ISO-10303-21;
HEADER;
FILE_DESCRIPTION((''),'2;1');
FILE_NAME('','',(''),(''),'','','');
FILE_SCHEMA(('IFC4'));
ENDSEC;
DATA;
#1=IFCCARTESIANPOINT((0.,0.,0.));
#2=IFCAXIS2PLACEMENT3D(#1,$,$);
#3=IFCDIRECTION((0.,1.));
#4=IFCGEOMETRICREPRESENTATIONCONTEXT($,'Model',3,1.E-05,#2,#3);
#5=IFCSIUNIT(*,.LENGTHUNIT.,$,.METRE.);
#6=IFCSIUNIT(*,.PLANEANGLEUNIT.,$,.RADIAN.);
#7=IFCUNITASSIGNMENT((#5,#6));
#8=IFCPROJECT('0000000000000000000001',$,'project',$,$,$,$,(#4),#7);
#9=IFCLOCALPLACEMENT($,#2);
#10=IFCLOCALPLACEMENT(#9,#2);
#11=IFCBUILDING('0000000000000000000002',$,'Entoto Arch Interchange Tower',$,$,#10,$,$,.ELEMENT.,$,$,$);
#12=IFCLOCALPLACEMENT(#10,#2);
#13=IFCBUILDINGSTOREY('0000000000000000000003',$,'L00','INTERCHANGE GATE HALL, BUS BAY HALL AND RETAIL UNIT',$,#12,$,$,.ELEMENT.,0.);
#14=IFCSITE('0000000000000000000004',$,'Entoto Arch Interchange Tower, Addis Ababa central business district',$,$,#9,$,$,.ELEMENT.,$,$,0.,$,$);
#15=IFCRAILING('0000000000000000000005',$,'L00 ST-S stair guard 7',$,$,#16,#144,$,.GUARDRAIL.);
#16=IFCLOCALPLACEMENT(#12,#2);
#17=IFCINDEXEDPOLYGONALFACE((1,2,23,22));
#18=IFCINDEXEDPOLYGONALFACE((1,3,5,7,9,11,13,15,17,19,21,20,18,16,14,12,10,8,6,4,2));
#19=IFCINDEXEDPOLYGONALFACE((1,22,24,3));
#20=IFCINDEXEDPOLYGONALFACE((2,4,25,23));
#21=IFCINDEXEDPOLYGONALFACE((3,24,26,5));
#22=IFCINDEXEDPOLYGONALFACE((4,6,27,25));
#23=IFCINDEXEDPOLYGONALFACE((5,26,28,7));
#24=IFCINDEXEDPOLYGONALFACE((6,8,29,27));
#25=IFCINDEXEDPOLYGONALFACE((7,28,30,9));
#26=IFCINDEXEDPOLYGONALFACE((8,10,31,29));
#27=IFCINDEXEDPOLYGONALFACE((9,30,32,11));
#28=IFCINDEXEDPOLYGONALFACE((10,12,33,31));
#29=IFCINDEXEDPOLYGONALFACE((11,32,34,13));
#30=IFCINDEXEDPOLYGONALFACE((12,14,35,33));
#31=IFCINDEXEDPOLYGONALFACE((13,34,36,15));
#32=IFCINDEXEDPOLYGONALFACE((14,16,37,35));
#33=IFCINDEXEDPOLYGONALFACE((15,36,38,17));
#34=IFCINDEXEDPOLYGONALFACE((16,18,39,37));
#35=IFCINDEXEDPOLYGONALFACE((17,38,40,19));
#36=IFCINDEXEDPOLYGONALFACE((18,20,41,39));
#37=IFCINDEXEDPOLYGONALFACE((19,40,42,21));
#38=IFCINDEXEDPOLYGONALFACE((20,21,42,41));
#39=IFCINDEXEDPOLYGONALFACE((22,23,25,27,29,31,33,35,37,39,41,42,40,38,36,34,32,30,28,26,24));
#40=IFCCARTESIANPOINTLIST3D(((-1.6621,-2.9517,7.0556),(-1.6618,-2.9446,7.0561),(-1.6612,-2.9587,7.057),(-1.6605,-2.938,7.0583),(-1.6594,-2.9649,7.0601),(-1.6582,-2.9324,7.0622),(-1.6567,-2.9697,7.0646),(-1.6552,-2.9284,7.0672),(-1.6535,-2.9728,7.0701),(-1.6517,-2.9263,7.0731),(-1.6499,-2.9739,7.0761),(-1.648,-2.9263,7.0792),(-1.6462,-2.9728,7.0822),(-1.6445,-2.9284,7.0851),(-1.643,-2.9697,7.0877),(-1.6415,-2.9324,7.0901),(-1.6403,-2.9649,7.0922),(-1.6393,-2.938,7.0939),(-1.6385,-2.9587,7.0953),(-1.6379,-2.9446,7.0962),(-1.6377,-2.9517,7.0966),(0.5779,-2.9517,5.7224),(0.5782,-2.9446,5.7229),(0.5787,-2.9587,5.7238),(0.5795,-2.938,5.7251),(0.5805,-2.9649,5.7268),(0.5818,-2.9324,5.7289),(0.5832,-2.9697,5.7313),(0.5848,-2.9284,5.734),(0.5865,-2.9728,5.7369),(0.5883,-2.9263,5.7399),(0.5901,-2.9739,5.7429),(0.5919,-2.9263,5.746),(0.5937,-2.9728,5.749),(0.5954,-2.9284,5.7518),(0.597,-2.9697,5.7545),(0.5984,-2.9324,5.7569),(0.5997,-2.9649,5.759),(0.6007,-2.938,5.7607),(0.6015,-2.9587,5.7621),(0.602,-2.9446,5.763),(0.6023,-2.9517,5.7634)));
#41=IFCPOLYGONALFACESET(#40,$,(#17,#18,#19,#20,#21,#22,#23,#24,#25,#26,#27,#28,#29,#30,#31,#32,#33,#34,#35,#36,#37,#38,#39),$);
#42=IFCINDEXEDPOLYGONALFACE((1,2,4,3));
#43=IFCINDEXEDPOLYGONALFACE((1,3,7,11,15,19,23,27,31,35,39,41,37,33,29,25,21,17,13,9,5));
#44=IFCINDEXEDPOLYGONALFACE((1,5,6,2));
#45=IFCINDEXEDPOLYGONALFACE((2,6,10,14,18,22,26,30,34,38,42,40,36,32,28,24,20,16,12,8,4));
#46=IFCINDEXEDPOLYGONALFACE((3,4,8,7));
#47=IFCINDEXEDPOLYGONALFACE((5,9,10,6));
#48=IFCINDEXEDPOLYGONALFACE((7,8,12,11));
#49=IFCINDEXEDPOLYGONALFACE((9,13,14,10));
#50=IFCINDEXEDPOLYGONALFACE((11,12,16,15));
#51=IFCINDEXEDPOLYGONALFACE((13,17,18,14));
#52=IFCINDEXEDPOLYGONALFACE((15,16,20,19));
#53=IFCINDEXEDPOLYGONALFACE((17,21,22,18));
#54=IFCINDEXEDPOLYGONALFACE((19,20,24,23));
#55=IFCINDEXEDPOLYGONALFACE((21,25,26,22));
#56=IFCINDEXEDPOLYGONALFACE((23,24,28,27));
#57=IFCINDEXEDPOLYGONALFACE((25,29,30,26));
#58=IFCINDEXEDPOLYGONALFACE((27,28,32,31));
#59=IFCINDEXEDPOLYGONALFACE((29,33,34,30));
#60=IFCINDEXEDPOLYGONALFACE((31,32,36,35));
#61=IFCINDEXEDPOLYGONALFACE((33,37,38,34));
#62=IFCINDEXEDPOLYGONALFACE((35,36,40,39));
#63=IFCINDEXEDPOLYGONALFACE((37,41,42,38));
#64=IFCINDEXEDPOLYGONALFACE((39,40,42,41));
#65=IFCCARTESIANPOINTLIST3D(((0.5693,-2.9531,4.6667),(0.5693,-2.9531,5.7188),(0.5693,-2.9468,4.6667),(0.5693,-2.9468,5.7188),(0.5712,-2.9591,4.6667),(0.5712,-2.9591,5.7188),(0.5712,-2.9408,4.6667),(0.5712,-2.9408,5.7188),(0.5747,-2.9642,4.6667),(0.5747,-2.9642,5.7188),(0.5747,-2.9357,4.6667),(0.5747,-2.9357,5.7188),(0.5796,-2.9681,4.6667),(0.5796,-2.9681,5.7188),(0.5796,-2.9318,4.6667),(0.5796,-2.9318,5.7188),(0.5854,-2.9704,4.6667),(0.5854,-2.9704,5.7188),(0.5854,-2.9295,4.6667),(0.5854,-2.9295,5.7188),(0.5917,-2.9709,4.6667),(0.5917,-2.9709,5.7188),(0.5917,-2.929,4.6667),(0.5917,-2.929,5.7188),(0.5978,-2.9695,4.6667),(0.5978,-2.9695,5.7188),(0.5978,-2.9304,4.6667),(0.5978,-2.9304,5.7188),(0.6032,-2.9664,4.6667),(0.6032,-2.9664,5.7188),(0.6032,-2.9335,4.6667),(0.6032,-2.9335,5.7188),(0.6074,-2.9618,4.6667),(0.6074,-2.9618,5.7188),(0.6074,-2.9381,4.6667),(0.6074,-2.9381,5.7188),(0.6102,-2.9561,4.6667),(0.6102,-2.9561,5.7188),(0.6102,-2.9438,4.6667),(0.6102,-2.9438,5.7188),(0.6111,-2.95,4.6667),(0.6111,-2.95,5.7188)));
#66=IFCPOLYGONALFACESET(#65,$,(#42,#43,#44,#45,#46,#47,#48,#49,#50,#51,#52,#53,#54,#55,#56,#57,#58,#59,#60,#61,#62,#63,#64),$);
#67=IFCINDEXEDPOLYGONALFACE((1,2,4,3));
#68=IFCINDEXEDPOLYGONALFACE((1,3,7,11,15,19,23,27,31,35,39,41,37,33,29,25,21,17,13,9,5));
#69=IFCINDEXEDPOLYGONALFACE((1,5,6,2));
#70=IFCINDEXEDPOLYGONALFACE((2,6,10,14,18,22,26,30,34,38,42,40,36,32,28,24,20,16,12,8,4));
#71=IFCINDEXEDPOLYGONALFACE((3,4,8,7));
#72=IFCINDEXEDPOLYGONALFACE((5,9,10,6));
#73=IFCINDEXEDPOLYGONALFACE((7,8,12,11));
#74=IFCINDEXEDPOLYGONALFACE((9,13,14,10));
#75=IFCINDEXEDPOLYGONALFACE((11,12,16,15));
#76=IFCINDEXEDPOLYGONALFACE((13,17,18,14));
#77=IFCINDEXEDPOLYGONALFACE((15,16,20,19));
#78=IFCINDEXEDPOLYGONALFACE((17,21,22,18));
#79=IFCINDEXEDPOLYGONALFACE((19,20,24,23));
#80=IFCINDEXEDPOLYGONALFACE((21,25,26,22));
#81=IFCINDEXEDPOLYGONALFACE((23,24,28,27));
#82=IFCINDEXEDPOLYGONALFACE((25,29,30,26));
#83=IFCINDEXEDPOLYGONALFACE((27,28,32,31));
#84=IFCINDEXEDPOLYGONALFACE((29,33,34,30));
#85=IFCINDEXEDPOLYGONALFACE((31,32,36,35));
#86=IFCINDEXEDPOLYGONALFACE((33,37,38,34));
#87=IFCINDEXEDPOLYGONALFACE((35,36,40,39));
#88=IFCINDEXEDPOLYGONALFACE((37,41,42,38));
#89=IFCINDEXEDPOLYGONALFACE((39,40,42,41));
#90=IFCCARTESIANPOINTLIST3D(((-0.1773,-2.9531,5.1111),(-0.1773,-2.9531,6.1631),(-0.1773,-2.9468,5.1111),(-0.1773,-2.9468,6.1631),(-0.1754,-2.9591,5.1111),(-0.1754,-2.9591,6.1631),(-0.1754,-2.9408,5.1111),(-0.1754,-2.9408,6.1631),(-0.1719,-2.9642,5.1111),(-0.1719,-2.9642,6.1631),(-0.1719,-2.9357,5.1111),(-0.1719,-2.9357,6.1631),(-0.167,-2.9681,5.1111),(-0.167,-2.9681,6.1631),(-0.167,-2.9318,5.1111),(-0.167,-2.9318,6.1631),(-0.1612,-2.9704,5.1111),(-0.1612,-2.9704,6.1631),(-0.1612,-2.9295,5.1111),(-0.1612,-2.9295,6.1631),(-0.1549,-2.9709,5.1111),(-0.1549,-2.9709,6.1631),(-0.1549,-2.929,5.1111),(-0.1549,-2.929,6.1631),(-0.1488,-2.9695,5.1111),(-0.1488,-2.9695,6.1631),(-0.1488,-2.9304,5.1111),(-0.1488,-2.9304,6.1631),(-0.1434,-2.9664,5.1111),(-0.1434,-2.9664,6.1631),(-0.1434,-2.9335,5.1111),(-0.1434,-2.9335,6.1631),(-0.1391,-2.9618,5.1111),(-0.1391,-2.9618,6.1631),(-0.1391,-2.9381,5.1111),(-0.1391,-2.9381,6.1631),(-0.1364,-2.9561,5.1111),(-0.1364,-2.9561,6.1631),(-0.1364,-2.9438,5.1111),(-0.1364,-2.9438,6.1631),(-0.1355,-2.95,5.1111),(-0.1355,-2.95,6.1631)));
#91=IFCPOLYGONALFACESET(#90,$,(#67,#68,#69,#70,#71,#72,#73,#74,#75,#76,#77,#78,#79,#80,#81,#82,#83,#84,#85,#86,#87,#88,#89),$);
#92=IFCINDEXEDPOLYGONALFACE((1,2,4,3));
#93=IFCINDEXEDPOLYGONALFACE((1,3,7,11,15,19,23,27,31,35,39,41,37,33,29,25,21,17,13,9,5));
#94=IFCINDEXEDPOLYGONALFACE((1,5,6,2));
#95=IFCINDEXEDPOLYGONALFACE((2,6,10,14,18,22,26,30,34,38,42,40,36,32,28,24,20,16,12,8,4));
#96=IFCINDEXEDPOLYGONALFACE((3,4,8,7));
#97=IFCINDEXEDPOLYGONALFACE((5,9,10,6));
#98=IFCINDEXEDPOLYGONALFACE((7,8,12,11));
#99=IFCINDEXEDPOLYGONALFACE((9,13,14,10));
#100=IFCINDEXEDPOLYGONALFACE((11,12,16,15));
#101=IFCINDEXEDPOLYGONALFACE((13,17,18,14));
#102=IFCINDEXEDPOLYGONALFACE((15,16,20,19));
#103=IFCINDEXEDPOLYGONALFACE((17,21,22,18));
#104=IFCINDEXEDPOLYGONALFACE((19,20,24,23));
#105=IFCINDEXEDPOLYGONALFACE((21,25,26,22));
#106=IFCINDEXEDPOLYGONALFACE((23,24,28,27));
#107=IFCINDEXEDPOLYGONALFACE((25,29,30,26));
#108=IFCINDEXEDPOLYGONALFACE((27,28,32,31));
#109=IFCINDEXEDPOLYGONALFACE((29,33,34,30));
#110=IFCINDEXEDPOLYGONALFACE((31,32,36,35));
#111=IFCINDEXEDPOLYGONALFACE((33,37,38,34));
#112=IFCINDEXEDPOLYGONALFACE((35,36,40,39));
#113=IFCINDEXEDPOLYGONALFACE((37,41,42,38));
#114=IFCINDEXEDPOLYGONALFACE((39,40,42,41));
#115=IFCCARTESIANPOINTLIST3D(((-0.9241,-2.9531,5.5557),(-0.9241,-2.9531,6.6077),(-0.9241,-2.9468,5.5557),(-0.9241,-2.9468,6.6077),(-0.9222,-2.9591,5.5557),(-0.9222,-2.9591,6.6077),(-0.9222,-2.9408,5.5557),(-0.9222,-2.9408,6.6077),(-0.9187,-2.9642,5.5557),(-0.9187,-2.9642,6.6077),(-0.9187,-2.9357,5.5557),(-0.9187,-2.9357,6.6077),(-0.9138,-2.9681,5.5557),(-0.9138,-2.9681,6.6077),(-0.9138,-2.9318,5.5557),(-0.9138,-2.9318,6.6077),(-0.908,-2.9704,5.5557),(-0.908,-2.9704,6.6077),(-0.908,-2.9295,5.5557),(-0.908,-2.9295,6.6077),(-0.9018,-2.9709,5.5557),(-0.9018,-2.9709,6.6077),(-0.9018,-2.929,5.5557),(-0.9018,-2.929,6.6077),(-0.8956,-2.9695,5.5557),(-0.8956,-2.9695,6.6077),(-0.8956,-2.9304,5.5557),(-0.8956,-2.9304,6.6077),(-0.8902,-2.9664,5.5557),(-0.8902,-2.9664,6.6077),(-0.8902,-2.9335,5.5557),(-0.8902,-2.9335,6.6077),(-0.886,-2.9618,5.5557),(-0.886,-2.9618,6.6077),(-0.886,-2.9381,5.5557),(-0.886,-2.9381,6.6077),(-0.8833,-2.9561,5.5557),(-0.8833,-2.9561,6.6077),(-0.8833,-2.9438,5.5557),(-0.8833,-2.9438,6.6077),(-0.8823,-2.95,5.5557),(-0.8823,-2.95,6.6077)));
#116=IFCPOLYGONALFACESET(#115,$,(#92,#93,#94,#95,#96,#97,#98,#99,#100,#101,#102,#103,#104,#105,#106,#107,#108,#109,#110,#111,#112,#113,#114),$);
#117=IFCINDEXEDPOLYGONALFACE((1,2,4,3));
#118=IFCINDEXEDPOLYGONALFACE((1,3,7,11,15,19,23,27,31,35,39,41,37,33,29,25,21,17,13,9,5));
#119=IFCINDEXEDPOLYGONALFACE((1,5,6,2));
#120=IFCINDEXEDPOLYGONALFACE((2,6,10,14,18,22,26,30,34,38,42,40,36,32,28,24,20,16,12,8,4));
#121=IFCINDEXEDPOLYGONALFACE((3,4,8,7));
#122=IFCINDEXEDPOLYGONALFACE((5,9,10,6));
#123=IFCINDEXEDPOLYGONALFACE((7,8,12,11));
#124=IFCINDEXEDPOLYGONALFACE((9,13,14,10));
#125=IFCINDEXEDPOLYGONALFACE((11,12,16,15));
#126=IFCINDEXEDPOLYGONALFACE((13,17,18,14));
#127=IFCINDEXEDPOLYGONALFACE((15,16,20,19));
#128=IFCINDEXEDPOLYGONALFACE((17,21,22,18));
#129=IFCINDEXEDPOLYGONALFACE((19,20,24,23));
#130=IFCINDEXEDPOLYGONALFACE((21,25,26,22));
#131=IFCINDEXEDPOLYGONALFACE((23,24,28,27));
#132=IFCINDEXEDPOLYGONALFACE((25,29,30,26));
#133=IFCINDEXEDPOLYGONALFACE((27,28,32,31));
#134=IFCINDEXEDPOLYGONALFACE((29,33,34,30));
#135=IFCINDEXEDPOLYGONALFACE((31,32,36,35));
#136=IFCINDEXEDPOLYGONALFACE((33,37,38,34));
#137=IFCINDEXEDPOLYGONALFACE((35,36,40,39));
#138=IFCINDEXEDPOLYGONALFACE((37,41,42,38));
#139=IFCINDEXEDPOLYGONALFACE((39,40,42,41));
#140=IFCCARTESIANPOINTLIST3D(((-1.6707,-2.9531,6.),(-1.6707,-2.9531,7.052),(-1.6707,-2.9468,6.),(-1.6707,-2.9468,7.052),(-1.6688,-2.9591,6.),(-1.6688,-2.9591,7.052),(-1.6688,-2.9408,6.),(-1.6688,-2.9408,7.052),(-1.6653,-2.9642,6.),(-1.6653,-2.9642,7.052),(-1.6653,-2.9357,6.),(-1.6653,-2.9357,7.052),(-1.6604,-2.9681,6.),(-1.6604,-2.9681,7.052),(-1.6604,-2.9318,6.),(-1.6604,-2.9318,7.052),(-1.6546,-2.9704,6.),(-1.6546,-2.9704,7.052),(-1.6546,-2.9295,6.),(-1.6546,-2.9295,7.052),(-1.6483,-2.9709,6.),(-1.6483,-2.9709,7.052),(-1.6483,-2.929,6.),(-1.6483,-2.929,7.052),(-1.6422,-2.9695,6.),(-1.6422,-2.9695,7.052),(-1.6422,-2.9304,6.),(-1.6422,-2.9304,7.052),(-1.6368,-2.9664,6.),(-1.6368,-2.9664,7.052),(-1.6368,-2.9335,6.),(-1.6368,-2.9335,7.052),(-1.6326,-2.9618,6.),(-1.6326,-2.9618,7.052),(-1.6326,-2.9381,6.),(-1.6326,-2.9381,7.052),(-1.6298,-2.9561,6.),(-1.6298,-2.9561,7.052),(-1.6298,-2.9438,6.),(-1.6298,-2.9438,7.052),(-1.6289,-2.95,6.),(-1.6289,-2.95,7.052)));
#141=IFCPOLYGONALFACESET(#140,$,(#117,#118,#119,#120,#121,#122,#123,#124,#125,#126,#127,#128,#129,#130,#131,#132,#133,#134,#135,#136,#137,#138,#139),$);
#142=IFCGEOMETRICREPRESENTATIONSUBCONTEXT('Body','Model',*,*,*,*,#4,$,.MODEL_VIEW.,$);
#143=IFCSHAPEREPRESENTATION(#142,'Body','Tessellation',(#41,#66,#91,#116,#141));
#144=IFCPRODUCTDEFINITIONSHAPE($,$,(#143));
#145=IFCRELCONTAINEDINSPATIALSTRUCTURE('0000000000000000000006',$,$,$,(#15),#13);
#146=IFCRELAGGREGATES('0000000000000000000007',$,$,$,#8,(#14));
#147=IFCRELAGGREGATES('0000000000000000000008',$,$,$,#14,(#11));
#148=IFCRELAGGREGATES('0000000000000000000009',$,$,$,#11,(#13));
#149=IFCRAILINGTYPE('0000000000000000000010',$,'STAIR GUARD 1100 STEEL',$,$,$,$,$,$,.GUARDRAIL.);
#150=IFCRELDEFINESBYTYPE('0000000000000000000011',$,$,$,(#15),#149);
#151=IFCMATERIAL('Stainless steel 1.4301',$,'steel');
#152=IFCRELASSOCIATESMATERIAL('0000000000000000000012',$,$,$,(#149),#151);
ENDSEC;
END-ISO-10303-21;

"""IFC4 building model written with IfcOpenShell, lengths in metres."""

from ifc_helpers import new_model, si_unit, direction, frame, origin, origin_2d, place, context, subcontext, project, spatial, circle, extrude, material, type_object, element, save


model = new_model("IFC4")

# Units and contexts
model_context = context("Model", 3, precision=1e-05, world=origin(), true_north=direction((0.0, 1.0)))
body_context = subcontext(model_context, "Body", "Model", "MODEL_VIEW")
ifc_project = project(units=[si_unit("LENGTHUNIT", "METRE"), si_unit("PLANEANGLEUNIT", "RADIAN")], contexts=[model_context])

# Site, building, storey
site_placement = place(None, origin())
site = spatial("IfcSite", under=ifc_project, at=site_placement, Name="Entoto Arch Interchange Tower, Addis Ababa central business district", CompositionType="ELEMENT", RefElevation=0.0)
building_placement = place(site_placement, origin())
building = spatial("IfcBuilding", under=site, at=building_placement, Name="Entoto Arch Interchange Tower", CompositionType="ELEMENT")
storey_placement = place(building_placement, origin())
storey = spatial("IfcBuildingStorey", under=building, at=storey_placement, Name="L00", Description="INTERCHANGE GATE HALL, BUS BAY HALL AND RETAIL UNIT", CompositionType="ELEMENT", Elevation=0.0)

# Railing
ifc_material_1 = material(Name="Stainless steel 1.4301", Category="steel")
railing_type = type_object("IfcRailingType", Name="STAIR GUARD 1100 STEEL", PredefinedType="GUARDRAIL", material=ifc_material_1)
railing_1_placement = place(storey_placement, frame((0.5901, -2.95, 4.6667)))
element("IfcRailing", 1, at=railing_1_placement, inside=storey, type_object=railing_type, Name="L00 ST-S stair guard 7", PredefinedType="GUARDRAIL", context=body_context, shape_type="SweptSolid", body=[
    extrude(circle(Radius=0.0239, at=origin_2d()), frame((0.0, 0.0, 1.0762), z_axis=(-0.859306, 0.0, 0.511462), x_axis=(0.0, -1.0, 0.0)), (0.0, 0.0, 1.0), 2.6067),
    extrude(circle(Radius=0.021, at=origin_2d()), origin(), (0.0, 0.0, 1.0), 1.052),
    extrude(circle(Radius=0.021, at=origin_2d()), frame((-0.7466, 0.0, 0.4443)), (0.0, 0.0, 1.0), 1.052),
    extrude(circle(Radius=0.021, at=origin_2d()), frame((-1.4934, 0.0, 0.8889)), (0.0, 0.0, 1.0), 1.052),
    extrude(circle(Radius=0.021, at=origin_2d()), frame((-2.24, 0.0, 1.3333)), (0.0, 0.0, 1.0), 1.052),
])

save(model, "model.ifc")
